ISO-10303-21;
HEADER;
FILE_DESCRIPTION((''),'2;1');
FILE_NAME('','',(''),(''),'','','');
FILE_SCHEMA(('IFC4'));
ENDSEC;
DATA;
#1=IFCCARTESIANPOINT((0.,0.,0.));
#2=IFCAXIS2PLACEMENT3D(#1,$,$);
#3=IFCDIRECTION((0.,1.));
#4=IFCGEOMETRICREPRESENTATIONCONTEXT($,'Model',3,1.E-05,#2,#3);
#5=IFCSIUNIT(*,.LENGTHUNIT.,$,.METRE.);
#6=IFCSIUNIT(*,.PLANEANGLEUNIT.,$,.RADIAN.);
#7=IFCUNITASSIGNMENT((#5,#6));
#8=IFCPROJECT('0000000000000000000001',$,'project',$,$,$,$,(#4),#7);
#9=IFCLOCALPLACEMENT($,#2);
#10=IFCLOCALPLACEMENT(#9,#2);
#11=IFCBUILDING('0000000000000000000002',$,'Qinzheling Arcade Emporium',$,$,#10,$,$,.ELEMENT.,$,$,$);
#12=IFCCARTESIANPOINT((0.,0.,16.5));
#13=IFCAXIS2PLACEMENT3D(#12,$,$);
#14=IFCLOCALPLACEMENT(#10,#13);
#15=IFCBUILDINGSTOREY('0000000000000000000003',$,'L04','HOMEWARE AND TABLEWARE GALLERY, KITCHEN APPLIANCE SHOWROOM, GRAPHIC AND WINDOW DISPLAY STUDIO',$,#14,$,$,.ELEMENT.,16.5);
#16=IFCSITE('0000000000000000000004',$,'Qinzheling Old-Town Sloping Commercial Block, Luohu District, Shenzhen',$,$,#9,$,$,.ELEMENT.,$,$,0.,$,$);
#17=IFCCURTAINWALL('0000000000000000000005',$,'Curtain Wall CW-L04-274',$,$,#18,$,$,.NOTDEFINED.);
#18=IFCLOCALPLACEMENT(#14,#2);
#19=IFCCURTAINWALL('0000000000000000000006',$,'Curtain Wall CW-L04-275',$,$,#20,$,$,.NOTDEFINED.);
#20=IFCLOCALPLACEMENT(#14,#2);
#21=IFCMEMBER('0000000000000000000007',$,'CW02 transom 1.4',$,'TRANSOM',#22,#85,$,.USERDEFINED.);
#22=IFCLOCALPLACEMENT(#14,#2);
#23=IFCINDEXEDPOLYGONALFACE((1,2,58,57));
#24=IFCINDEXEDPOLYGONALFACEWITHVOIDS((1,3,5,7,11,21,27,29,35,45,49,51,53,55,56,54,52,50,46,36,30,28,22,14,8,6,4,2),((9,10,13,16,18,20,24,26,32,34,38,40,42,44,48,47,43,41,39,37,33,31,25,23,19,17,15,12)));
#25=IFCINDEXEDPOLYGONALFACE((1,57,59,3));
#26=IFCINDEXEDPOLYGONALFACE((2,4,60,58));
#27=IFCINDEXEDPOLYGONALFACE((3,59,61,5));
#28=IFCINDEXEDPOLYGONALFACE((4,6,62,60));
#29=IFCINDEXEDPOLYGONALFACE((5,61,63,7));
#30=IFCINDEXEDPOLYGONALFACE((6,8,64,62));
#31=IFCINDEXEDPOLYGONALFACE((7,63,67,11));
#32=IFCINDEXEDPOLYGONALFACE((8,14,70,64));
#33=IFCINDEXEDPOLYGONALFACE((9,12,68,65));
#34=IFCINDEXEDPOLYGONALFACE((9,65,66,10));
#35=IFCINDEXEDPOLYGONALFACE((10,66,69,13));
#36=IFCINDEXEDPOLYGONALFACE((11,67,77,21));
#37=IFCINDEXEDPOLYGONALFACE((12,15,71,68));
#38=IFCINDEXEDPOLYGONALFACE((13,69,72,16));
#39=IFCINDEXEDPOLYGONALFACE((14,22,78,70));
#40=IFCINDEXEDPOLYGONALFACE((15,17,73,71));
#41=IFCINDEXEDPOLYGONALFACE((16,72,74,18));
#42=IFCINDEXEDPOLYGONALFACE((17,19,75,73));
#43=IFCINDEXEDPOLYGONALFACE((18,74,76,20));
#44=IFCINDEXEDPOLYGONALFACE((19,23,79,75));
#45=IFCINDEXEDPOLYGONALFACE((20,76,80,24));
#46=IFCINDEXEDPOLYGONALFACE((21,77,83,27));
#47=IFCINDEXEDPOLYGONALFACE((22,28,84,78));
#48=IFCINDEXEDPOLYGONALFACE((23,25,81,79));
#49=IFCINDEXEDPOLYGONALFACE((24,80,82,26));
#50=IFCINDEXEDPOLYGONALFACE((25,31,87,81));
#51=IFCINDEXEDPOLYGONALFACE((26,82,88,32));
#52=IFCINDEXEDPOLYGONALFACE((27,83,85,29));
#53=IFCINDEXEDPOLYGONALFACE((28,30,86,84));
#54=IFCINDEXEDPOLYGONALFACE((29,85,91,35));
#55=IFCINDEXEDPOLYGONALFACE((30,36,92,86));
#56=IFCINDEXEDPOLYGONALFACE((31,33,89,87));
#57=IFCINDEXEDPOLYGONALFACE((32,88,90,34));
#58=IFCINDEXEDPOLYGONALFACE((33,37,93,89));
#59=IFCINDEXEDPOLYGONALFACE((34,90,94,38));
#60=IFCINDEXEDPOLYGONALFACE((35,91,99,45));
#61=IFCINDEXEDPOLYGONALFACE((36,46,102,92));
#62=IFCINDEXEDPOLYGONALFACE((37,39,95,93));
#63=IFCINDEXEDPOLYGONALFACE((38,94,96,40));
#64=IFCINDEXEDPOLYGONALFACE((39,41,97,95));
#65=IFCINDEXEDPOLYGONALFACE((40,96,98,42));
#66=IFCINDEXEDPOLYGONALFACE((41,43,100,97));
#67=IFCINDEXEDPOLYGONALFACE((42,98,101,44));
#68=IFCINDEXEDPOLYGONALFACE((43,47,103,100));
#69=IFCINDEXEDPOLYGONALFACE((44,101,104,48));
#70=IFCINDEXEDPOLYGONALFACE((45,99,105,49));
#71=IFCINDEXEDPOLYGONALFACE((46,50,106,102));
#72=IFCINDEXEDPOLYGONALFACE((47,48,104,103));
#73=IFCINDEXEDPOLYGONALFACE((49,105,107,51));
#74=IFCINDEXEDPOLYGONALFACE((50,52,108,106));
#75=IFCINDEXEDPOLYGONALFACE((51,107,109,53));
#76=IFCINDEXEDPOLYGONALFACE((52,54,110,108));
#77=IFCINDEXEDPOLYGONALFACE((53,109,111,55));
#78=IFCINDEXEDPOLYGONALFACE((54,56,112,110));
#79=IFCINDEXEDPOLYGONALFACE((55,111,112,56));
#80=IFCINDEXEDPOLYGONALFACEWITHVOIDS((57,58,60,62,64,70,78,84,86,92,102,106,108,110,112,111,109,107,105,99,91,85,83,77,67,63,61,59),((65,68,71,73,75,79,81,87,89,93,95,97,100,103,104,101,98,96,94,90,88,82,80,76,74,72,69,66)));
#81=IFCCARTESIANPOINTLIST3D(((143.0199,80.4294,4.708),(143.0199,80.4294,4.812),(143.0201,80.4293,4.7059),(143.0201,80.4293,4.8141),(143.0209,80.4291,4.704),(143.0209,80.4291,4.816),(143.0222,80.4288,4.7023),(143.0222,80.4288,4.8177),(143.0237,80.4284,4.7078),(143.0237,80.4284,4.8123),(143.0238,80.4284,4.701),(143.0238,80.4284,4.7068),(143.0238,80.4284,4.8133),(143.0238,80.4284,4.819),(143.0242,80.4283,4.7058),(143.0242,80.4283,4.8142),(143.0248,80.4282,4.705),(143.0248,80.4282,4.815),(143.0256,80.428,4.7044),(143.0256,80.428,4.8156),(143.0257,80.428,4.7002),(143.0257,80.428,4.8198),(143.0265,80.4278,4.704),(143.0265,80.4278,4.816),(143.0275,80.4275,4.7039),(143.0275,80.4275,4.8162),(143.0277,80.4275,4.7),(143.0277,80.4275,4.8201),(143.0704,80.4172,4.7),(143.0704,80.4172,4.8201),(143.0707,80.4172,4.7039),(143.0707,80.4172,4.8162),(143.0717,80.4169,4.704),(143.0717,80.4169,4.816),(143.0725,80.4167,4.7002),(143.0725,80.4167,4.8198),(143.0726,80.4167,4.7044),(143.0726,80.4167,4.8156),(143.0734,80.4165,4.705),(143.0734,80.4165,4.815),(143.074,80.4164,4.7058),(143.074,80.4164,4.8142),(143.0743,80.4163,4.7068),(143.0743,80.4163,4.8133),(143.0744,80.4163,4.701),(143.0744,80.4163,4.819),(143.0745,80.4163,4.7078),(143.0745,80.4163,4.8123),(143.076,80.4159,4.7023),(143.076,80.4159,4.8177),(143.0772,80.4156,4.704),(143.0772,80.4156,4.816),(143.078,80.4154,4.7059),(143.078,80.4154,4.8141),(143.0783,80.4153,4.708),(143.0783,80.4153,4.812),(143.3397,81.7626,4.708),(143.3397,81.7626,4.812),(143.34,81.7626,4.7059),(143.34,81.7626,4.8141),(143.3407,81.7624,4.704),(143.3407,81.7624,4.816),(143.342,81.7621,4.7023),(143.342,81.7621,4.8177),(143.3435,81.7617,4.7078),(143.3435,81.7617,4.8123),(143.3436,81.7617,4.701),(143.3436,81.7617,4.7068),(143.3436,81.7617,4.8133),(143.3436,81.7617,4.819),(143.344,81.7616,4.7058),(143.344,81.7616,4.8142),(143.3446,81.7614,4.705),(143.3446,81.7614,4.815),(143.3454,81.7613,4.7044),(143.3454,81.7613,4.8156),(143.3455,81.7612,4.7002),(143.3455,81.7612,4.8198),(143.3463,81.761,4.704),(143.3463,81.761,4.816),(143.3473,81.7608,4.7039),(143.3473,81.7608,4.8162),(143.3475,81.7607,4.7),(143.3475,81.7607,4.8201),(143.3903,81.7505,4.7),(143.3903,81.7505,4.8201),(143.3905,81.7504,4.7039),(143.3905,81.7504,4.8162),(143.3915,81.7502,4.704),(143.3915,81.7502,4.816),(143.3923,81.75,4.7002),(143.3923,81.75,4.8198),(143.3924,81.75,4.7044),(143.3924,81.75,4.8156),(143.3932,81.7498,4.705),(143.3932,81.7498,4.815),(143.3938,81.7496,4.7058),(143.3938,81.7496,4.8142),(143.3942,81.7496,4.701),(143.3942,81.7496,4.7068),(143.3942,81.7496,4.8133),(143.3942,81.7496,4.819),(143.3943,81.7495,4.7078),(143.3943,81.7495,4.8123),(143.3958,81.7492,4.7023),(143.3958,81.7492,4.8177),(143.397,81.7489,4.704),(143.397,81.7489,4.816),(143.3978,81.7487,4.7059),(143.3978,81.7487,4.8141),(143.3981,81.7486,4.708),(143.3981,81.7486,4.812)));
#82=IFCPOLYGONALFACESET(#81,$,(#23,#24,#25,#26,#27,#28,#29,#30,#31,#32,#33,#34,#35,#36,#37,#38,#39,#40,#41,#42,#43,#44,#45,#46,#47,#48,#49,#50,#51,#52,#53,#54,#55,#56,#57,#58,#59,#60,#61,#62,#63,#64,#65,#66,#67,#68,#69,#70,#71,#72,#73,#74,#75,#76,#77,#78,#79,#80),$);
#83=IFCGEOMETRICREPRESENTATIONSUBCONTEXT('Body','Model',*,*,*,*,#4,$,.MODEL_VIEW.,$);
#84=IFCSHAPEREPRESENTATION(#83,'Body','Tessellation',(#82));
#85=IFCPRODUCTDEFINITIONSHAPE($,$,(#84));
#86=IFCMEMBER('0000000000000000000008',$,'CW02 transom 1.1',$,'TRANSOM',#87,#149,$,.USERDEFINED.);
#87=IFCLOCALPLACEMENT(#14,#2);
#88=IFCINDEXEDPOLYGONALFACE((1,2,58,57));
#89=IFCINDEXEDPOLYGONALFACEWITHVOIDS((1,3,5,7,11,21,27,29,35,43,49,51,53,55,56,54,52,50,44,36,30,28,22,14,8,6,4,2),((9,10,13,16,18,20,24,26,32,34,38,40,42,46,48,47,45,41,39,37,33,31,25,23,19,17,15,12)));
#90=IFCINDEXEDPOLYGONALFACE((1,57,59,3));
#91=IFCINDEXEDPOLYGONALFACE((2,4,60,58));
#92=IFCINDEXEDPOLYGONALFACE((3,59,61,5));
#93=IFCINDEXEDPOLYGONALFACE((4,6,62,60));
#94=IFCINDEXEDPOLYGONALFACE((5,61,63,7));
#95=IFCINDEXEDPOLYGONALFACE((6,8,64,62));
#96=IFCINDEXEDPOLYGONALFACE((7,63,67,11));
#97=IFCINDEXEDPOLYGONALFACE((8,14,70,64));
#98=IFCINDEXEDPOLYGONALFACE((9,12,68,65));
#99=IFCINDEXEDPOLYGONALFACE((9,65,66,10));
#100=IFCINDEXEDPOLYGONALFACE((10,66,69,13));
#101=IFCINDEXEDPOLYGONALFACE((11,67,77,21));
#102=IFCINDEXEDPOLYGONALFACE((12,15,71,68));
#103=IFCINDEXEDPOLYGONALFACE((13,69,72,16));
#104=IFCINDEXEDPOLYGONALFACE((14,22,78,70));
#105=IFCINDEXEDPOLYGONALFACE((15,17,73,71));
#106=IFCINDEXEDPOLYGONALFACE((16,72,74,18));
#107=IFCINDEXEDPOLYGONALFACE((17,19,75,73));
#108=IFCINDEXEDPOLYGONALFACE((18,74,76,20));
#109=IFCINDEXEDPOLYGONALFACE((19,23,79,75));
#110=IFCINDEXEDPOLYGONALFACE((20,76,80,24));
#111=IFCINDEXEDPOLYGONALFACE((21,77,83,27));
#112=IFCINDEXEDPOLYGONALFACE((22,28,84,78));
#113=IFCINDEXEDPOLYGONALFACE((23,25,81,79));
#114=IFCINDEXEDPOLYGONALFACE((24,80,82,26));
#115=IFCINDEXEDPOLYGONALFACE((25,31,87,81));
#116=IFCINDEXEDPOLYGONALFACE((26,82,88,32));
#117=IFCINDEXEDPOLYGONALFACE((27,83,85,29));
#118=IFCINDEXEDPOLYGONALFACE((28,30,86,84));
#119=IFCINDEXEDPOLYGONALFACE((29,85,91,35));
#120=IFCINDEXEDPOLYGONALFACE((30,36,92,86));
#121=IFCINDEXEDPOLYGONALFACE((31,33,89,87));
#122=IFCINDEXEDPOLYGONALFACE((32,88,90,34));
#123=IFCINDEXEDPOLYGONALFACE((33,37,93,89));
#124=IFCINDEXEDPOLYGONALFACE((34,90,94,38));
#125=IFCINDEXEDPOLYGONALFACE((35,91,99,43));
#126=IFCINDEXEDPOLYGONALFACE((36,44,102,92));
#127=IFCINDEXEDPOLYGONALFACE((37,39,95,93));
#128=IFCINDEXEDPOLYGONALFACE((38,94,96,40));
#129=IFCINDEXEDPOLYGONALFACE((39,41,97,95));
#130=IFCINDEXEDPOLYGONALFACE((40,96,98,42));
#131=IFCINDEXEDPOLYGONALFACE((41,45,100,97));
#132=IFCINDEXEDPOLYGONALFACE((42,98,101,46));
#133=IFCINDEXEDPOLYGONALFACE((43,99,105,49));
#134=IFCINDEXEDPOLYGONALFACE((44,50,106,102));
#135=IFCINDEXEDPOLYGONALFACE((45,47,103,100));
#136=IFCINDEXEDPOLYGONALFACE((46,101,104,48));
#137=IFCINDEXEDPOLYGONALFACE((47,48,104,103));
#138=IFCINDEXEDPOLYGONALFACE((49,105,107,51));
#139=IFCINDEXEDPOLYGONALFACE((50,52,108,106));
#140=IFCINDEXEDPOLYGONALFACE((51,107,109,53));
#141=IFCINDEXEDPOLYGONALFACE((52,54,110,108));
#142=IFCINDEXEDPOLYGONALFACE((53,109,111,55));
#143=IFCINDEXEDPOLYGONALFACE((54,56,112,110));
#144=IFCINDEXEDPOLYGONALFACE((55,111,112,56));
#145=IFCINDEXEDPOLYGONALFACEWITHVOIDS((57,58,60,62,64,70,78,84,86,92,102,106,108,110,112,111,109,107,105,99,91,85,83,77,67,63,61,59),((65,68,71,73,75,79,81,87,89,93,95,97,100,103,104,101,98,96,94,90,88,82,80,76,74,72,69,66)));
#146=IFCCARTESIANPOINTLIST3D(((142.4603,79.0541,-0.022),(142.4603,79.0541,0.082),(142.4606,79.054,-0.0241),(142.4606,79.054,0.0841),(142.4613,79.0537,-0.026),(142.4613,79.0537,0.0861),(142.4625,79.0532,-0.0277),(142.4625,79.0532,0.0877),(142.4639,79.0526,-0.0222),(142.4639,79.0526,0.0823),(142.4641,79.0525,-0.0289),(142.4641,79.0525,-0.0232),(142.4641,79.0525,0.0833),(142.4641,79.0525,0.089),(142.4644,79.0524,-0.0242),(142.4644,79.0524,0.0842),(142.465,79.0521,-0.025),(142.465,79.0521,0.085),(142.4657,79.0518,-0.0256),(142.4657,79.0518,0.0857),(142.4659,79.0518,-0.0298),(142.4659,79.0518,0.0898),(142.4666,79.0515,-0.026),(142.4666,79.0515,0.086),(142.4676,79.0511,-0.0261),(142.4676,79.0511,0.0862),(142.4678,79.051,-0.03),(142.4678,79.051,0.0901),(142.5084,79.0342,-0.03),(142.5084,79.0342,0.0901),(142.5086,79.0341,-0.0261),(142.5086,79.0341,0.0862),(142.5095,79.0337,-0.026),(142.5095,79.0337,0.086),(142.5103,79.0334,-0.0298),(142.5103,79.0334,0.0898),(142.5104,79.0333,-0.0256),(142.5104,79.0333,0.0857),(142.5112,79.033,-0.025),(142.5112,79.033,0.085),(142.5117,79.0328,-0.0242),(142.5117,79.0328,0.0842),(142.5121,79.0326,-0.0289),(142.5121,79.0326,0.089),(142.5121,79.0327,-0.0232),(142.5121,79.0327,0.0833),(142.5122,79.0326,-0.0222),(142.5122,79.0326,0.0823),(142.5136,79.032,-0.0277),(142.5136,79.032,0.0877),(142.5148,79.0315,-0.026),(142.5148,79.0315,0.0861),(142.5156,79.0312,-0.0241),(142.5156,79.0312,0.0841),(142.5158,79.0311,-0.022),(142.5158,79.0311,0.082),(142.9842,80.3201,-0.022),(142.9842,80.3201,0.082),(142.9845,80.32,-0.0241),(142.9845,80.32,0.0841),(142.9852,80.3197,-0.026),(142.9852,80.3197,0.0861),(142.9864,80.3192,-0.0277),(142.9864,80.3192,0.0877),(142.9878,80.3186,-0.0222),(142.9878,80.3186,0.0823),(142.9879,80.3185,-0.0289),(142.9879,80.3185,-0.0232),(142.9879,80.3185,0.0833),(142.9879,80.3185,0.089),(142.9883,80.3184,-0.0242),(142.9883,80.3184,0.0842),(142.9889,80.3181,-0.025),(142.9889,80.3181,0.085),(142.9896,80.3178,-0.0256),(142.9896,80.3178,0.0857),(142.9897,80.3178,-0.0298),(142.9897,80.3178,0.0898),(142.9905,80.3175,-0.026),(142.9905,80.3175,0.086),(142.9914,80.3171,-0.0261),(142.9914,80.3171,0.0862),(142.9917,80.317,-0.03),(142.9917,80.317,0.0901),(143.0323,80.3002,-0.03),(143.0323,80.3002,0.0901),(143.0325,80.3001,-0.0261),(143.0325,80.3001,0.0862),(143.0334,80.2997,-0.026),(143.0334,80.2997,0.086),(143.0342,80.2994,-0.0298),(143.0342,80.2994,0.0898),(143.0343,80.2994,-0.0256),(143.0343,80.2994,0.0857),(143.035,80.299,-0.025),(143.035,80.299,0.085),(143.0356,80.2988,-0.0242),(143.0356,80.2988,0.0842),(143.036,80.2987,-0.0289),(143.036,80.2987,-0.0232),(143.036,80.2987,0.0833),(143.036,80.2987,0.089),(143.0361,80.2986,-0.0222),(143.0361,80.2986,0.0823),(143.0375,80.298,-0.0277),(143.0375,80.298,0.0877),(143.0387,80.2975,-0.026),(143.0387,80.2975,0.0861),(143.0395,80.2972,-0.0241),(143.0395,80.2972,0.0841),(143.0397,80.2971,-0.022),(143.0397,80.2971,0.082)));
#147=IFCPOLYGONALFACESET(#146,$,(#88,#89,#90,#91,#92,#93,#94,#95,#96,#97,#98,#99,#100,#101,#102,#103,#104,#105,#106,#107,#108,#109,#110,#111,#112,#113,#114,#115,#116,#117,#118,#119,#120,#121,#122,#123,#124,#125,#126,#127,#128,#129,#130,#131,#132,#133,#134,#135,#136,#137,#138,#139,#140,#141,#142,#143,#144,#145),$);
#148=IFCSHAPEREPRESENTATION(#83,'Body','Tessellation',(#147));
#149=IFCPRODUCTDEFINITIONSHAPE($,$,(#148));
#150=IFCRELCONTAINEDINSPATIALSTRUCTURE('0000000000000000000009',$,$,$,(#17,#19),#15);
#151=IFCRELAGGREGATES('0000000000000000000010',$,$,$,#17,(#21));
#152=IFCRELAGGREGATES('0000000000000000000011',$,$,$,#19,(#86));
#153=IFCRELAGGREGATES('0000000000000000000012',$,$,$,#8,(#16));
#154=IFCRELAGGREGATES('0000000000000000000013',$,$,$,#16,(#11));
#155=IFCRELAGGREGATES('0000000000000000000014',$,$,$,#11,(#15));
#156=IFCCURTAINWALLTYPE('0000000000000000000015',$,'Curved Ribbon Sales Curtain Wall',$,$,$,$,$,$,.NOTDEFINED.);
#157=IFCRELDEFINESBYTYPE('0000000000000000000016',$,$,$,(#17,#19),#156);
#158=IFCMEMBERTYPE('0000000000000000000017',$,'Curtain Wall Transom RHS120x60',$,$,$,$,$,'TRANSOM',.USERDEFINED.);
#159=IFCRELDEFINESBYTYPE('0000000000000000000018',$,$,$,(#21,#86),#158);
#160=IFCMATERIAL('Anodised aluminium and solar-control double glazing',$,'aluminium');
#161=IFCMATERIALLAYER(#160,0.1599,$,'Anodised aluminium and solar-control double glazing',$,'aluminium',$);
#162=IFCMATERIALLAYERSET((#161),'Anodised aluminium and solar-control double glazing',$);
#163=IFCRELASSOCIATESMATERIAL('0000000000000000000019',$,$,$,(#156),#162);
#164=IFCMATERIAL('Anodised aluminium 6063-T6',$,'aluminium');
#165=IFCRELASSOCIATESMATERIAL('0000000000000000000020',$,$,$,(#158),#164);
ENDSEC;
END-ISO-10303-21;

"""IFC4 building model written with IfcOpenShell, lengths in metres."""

from ifc_helpers import new_model, si_unit, direction, frame, origin, origin_2d, place, context, subcontext, project, spatial, hollow_rectangle, extrude, material, layer, layer_set, material_profile, profile_set, type_object, element, aggregate, save


model = new_model("IFC4")

# Units and contexts
model_context = context("Model", 3, precision=1e-05, world=origin(), true_north=direction((0.0, 1.0)))
body_context = subcontext(model_context, "Body", "Model", "MODEL_VIEW")
ifc_project = project(units=[si_unit("LENGTHUNIT", "METRE"), si_unit("PLANEANGLEUNIT", "RADIAN")], contexts=[model_context])

# Site, building, storey
site_placement = place(None, origin())
site = spatial("IfcSite", under=ifc_project, at=site_placement, Name="Qinzheling Old-Town Sloping Commercial Block, Luohu District, Shenzhen", CompositionType="ELEMENT", RefElevation=0.0)
building_placement = place(site_placement, origin())
building = spatial("IfcBuilding", under=site, at=building_placement, Name="Qinzheling Arcade Emporium", CompositionType="ELEMENT")
storey_placement = place(building_placement, frame((0.0, 0.0, 16.5)))
storey = spatial("IfcBuildingStorey", under=building, at=storey_placement, Name="L04", Description="HOMEWARE AND TABLEWARE GALLERY, KITCHEN APPLIANCE SHOWROOM, GRAPHIC AND WINDOW DISPLAY STUDIO", CompositionType="ELEMENT", Elevation=16.5)

# Curtain walls
ifc_material_1 = material(Name="Anodised aluminium and solar-control double glazing", Category="aluminium")
ifc_layer_1 = layer(ifc_material_1, 0.1599, Name="Anodised aluminium and solar-control double glazing", Category="aluminium")
ifc_layer_set_1 = layer_set([ifc_layer_1], Name="Anodised aluminium and solar-control double glazing")
curtain_wall_type = type_object("IfcCurtainWallType", Name="Curved Ribbon Sales Curtain Wall", PredefinedType="NOTDEFINED", material=ifc_layer_set_1)
curtain_wall_1_placement = place(storey_placement, origin())
curtain_wall_1 = element("IfcCurtainWall", 1, at=curtain_wall_1_placement, inside=storey, type_object=curtain_wall_type, Name="Curtain Wall CW-L04-274", PredefinedType="NOTDEFINED")
ifc_material_2 = material(Name="Anodised aluminium 6063-T6", Category="aluminium")
curtain_wall_2_placement = place(storey_placement, origin())
curtain_wall_2 = element("IfcCurtainWall", 2, at=curtain_wall_2_placement, inside=storey, type_object=curtain_wall_type, Name="Curtain Wall CW-L04-275", PredefinedType="NOTDEFINED")

# Members
ifc_material_profile_1 = material_profile(ifc_material_2, hollow_rectangle(XDim=0.0601, YDim=0.1201, WallThickness=0.0039, InnerFilletRadius=0.0039, OuterFilletRadius=0.0081, at=origin_2d()), Name="RHS 120x60x4", Category="aluminium")
ifc_profile_set_1 = profile_set([ifc_material_profile_1], Name="Anodised aluminium 6063-T6")
member_type_1 = type_object("IfcMemberType", Name="Curtain Wall Transom RHS120x60", ElementType="TRANSOM", PredefinedType="USERDEFINED", material=ifc_profile_set_1)
member_1_placement = place(storey_placement, frame((143.3689, 81.7556, 4.76), z_axis=(-0.233265, -0.972413, 0.0), x_axis=(0.972413, -0.233265, 0.0)))
member_1 = element("IfcMember", 3, at=member_1_placement, type_object=member_type_1, Name="CW02 transom 1.4", ObjectType="TRANSOM", PredefinedType="USERDEFINED", context=body_context, shape_type="SweptSolid", body=[
    extrude(hollow_rectangle(XDim=0.0601, YDim=0.1201, WallThickness=0.0039, InnerFilletRadius=0.0039, OuterFilletRadius=0.0081, at=origin_2d()), origin(), (0.0, 0.0, 1.0), 1.3711),
])
member_2_placement = place(storey_placement, frame((143.012, 80.3086, 0.03), z_axis=(-0.382362, -0.924012, 0.0), x_axis=(0.924012, -0.382362, 0.0)))
member_2 = element("IfcMember", 4, at=member_2_placement, type_object=member_type_1, Name="CW02 transom 1.1", ObjectType="TRANSOM", PredefinedType="USERDEFINED", context=body_context, shape_type="SweptSolid", body=[
    extrude(hollow_rectangle(XDim=0.0601, YDim=0.1201, WallThickness=0.0039, InnerFilletRadius=0.0039, OuterFilletRadius=0.0081, at=origin_2d()), origin(), (0.0, 0.0, 1.0), 1.3701),
])

aggregate(curtain_wall_1, [member_1])
aggregate(curtain_wall_2, [member_2])

save(model, "model.ifc")
